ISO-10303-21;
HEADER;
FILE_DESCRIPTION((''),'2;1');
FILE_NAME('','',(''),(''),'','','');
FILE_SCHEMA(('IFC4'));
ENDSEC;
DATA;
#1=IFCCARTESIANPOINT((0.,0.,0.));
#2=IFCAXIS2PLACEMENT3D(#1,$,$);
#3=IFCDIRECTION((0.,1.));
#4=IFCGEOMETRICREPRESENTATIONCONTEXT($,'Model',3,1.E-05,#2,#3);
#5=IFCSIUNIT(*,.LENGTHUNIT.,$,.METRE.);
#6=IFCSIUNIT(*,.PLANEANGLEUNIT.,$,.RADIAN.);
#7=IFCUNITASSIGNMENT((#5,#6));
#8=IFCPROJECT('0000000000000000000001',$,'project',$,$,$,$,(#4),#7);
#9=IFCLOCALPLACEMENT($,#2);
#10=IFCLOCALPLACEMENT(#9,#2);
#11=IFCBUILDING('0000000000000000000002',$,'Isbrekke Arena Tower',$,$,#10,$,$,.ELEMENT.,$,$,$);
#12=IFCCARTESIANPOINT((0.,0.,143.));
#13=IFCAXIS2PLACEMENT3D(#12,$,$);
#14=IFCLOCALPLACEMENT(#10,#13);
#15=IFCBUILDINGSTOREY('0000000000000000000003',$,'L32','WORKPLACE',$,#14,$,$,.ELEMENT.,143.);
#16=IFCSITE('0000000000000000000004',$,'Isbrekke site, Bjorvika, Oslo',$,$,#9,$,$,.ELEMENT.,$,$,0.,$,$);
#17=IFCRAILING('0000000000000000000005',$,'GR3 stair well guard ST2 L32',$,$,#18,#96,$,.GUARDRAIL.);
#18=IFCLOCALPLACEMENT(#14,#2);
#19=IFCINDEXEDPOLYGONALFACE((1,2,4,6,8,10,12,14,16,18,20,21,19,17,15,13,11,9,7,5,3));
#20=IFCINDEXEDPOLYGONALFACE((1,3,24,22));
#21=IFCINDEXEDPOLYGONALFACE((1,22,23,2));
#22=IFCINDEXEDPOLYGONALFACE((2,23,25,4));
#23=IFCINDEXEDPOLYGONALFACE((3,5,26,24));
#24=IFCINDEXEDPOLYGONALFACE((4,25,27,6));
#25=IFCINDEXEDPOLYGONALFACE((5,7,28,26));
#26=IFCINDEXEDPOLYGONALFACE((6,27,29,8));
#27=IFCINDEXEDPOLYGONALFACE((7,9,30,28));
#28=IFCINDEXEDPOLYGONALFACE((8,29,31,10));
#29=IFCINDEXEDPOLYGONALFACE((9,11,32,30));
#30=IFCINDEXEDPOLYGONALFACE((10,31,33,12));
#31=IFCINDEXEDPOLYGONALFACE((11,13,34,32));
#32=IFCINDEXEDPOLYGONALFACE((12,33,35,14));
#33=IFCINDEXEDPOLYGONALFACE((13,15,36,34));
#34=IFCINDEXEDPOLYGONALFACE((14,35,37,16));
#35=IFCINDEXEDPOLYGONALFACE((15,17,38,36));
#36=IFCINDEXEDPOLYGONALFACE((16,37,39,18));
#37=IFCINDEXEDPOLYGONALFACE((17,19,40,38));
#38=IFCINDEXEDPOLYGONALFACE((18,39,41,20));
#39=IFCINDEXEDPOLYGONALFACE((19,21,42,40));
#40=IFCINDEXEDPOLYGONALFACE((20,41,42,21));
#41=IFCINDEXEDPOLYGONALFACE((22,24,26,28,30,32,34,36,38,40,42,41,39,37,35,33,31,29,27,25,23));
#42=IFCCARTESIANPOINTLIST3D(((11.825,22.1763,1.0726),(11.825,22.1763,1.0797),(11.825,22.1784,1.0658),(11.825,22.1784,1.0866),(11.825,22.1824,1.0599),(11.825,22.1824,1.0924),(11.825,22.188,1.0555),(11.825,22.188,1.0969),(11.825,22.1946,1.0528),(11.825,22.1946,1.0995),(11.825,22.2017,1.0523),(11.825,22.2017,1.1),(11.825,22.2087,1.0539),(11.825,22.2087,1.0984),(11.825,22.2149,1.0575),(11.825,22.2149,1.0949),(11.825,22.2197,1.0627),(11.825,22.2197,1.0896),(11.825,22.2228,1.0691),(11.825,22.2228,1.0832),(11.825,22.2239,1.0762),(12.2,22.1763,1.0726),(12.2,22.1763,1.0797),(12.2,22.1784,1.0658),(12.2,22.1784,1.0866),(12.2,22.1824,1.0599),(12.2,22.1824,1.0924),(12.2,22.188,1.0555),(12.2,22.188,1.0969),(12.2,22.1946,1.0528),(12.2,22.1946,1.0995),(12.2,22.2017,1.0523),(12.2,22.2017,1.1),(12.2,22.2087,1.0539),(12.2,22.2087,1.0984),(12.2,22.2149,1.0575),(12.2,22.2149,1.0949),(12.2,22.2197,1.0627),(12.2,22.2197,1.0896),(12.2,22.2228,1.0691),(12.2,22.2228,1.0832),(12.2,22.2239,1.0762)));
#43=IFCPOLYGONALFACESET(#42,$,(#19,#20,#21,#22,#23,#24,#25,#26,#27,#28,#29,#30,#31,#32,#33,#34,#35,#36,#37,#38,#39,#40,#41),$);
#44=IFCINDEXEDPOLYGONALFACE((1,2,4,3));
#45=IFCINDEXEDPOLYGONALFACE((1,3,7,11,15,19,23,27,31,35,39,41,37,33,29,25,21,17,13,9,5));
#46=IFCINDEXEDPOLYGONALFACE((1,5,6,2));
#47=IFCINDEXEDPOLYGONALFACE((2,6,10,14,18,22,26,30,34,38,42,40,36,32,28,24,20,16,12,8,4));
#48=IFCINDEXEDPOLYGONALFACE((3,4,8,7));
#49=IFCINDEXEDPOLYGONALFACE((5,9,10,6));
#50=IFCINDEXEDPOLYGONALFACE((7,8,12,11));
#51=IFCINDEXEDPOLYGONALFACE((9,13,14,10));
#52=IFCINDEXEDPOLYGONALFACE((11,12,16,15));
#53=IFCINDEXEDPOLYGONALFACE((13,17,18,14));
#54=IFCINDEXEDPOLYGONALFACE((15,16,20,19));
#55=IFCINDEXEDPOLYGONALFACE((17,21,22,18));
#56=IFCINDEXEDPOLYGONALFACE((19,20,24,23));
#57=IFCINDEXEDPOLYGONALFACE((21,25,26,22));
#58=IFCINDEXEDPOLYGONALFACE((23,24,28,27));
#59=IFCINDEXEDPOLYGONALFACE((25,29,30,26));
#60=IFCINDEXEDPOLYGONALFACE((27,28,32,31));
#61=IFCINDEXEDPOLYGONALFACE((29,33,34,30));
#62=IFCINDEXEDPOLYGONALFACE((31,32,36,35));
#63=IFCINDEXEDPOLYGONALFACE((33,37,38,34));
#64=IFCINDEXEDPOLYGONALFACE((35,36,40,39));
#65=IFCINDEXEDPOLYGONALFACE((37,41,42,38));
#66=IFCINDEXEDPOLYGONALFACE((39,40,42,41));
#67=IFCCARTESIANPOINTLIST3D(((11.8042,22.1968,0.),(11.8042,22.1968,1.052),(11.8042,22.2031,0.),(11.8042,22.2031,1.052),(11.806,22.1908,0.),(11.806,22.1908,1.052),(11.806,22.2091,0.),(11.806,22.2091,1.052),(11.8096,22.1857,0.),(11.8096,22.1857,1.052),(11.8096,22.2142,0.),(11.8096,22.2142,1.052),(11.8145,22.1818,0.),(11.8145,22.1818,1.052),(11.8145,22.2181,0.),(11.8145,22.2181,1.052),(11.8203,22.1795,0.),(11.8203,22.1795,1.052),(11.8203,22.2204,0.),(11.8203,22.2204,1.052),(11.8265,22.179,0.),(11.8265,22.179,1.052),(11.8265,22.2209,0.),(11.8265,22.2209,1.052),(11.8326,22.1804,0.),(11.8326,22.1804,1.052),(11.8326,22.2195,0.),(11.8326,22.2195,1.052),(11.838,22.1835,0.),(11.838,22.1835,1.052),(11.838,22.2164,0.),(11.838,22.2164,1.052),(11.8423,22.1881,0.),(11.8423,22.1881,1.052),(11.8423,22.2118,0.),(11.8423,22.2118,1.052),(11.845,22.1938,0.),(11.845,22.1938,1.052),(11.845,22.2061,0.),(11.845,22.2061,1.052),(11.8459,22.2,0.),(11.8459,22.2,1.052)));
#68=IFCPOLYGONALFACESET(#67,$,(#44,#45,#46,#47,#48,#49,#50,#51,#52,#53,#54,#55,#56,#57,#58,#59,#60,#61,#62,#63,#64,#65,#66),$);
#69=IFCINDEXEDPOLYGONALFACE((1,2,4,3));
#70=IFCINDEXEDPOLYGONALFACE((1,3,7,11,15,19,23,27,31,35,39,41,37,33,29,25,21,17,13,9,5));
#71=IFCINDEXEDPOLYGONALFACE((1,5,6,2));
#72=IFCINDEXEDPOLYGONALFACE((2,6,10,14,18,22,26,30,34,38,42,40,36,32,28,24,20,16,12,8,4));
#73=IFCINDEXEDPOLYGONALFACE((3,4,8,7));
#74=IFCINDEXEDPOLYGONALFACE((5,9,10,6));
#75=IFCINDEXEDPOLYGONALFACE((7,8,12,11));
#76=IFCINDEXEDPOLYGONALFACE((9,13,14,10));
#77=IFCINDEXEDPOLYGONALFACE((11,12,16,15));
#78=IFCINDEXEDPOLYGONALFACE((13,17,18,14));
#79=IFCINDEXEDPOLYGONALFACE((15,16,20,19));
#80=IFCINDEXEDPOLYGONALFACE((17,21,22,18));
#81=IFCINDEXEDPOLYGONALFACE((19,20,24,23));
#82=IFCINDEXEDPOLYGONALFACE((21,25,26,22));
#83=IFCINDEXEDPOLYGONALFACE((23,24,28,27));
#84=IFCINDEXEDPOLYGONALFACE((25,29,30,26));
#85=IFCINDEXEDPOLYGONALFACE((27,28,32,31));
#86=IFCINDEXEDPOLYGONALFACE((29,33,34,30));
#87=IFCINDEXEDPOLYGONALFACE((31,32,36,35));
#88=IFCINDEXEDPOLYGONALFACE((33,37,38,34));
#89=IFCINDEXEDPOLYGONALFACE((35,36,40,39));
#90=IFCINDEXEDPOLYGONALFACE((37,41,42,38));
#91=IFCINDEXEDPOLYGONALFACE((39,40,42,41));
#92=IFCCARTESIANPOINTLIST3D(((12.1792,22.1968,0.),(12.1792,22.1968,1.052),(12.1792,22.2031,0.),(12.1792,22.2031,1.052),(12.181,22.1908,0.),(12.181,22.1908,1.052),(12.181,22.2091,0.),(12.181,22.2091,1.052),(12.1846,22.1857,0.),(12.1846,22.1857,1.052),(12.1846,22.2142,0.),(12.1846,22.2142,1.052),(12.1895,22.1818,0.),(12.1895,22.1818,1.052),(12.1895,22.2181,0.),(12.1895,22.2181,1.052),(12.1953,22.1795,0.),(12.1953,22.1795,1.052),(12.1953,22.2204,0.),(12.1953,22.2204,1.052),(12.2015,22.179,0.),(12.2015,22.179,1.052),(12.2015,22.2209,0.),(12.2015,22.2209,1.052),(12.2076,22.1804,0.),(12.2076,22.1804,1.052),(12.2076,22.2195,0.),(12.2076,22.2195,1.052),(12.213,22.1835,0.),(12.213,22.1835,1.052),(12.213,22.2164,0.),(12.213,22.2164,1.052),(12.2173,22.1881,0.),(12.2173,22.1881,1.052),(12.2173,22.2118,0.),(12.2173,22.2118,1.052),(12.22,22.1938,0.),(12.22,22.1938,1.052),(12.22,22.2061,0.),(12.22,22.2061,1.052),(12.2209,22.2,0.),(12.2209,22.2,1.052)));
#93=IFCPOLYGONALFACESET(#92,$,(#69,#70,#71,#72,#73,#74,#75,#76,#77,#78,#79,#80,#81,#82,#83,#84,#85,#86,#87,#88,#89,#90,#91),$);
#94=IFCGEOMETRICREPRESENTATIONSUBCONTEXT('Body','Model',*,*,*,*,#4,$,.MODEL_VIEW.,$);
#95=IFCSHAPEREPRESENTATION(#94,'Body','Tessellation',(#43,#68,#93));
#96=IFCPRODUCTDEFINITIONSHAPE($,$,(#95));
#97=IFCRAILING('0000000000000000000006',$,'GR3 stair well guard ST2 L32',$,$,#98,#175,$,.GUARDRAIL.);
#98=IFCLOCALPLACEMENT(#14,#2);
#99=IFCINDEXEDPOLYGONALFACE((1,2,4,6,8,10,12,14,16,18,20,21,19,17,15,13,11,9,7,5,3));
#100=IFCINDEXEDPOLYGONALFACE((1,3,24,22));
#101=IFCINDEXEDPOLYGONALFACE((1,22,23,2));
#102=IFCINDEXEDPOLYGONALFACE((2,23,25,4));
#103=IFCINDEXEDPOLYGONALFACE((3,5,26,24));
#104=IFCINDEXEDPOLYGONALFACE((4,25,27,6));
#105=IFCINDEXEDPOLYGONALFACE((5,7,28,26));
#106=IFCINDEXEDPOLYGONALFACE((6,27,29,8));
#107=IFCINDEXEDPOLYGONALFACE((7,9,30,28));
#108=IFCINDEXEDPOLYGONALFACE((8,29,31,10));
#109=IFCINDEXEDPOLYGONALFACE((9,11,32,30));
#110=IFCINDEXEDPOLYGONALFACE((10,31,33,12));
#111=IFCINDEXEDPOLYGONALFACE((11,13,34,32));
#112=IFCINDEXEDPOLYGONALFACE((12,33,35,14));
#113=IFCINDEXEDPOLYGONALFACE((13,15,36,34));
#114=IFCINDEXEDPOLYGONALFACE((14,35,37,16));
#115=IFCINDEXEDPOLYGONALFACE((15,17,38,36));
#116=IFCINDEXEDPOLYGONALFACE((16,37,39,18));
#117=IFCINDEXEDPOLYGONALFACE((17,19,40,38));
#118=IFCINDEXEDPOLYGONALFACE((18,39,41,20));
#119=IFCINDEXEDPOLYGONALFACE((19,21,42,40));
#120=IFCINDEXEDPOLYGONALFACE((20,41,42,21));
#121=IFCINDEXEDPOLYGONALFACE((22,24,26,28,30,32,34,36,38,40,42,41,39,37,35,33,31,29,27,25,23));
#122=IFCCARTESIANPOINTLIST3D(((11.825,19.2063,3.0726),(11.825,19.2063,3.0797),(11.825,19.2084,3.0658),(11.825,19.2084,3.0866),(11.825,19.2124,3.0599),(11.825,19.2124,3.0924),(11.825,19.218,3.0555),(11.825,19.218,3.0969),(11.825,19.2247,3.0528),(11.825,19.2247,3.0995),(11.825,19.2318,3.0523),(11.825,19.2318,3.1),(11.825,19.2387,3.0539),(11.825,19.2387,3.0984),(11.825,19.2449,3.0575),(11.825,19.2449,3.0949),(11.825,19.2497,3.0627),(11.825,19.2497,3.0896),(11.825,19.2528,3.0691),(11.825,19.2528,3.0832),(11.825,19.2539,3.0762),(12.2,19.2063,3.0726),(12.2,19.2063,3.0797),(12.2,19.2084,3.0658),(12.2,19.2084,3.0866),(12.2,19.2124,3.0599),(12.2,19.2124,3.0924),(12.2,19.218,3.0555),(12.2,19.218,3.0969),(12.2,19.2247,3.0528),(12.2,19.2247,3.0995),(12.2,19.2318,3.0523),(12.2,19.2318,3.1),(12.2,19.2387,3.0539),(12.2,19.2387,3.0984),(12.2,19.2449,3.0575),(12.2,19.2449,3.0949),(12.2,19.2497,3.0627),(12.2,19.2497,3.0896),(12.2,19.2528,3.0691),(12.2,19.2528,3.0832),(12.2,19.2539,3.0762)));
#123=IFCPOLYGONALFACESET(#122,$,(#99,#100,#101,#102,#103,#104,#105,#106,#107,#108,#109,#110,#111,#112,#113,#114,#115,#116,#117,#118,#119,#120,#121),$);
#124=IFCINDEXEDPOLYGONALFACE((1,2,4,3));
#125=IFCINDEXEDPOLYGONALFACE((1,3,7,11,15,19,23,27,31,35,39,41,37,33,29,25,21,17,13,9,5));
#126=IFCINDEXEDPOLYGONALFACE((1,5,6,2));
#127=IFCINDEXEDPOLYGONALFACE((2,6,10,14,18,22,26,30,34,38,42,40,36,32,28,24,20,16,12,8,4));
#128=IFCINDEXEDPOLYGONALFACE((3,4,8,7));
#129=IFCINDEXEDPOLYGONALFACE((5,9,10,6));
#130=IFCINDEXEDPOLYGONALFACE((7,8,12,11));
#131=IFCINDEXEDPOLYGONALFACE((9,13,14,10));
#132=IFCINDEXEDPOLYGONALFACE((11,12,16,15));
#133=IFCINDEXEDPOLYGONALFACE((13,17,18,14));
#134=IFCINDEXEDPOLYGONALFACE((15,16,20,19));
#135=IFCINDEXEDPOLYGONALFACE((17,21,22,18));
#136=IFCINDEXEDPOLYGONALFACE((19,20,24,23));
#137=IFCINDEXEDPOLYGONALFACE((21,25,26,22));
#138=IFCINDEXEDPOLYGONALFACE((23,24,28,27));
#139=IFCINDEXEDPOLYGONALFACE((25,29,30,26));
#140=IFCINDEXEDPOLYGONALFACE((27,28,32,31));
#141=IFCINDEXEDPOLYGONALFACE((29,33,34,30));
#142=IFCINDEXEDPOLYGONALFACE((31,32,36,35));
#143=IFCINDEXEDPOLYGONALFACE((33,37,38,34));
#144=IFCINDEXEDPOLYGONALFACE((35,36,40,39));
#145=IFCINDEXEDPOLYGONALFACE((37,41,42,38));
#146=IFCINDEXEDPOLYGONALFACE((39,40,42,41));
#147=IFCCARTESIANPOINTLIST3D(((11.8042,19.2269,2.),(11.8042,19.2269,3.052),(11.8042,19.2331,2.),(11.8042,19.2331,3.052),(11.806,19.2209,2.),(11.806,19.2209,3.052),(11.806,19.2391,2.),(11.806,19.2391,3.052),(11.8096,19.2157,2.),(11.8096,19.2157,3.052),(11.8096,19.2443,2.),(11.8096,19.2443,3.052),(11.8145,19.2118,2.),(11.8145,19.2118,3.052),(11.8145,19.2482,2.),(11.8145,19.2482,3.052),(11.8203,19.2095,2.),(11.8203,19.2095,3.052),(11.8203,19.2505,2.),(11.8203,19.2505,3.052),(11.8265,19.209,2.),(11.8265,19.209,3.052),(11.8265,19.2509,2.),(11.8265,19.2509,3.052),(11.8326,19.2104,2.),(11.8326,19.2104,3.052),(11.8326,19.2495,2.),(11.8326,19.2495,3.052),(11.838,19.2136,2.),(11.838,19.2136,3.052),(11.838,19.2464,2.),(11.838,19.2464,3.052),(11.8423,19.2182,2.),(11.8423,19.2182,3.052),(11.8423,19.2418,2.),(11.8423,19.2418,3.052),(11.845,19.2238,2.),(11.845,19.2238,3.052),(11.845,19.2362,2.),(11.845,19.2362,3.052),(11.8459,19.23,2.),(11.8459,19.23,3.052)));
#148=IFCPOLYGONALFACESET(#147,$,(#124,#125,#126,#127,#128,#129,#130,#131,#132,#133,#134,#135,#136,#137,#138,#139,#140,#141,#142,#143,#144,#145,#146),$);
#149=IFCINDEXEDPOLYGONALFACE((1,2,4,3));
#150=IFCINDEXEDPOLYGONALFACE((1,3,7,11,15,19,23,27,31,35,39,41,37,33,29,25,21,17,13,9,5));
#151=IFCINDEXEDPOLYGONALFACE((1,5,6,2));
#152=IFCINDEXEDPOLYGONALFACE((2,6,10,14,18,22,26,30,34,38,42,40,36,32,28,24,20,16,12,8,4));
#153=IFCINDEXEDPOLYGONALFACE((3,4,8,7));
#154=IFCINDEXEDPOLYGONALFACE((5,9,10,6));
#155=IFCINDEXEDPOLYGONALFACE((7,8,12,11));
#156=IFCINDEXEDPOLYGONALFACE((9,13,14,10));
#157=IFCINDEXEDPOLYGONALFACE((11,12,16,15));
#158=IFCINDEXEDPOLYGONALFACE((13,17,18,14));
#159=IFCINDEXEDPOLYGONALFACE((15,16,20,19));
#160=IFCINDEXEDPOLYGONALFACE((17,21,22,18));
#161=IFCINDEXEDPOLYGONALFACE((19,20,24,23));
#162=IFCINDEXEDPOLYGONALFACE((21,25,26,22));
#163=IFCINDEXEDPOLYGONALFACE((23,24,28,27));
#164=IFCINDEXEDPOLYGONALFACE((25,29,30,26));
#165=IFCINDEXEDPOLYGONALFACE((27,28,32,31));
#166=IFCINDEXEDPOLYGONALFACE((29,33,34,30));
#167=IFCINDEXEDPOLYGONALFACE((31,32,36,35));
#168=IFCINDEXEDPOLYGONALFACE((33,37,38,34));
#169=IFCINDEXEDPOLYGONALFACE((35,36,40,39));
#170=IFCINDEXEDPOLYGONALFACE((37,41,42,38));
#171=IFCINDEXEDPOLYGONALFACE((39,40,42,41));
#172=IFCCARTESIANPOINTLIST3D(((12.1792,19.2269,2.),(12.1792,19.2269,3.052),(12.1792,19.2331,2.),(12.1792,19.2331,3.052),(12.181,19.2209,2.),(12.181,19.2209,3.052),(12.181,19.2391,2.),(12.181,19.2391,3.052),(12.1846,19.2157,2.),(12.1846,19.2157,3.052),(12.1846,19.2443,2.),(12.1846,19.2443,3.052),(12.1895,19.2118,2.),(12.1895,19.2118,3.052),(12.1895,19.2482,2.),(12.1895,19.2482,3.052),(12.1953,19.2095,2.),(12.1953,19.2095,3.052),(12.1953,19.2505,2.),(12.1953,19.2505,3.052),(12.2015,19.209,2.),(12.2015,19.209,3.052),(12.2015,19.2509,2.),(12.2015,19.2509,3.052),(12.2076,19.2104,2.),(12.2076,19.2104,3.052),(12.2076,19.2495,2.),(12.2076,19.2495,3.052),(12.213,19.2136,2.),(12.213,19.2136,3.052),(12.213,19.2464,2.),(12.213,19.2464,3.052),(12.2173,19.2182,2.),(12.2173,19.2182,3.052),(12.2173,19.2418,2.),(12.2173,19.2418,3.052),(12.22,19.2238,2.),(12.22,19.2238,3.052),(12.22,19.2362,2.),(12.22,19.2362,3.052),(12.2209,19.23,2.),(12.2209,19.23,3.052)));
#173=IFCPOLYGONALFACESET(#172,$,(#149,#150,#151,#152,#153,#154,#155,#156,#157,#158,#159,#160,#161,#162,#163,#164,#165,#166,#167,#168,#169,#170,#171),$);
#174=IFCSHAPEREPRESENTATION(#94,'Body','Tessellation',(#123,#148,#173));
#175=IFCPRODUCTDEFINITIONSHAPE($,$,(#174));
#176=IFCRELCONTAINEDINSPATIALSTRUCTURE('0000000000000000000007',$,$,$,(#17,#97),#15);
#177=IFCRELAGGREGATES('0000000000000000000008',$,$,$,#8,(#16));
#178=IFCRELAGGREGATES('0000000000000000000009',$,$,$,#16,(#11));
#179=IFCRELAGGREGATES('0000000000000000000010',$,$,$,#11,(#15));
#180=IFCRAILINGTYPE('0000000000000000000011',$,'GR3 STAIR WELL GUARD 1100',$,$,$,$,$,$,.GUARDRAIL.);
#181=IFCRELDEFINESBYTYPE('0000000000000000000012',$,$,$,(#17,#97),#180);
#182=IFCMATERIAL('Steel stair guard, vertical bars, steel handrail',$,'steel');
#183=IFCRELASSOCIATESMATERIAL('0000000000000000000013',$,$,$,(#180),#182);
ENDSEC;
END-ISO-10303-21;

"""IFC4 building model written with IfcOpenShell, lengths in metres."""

from ifc_helpers import new_model, si_unit, direction, frame, origin, origin_2d, place, context, subcontext, project, spatial, circle, extrude, material, type_object, element, save


model = new_model("IFC4")

# Units and contexts
model_context = context("Model", 3, precision=1e-05, world=origin(), true_north=direction((0.0, 1.0)))
body_context = subcontext(model_context, "Body", "Model", "MODEL_VIEW")
ifc_project = project(units=[si_unit("LENGTHUNIT", "METRE"), si_unit("PLANEANGLEUNIT", "RADIAN")], contexts=[model_context])

# Site, building, storey
site_placement = place(None, origin())
site = spatial("IfcSite", under=ifc_project, at=site_placement, Name="Isbrekke site, Bjorvika, Oslo", CompositionType="ELEMENT", RefElevation=0.0)
building_placement = place(site_placement, origin())
building = spatial("IfcBuilding", under=site, at=building_placement, Name="Isbrekke Arena Tower", CompositionType="ELEMENT")
storey_placement = place(building_placement, frame((0.0, 0.0, 143.0)))
storey = spatial("IfcBuildingStorey", under=building, at=storey_placement, Name="L32", Description="WORKPLACE", CompositionType="ELEMENT", Elevation=143.0)

# Railings
ifc_material_1 = material(Name="Steel stair guard, vertical bars, steel handrail", Category="steel")
railing_type = type_object("IfcRailingType", Name="GR3 STAIR WELL GUARD 1100", PredefinedType="GUARDRAIL", material=ifc_material_1)
for number, where, name in (
    (1, (11.825, 22.2, 0.0), "GR3 stair well guard ST2 L32"),
    (2, (11.825, 19.23, 2.0), "GR3 stair well guard ST2 L32"),
):
    element("IfcRailing", number, at=place(storey_placement, frame(where)), inside=storey, type_object=railing_type, Name=name, PredefinedType="GUARDRAIL", context=body_context, shape_type="SweptSolid", body=[
        extrude(circle(Radius=0.0239, at=origin_2d()), frame((0.0, 0.0, 1.0762), z_axis=(1.0, 0.0, 0.0), x_axis=(0.0, 1.0, 0.0)), (0.0, 0.0, 1.0), 0.375),
        extrude(circle(Radius=0.021, at=origin_2d()), origin(), (0.0, 0.0, 1.0), 1.052),
        extrude(circle(Radius=0.021, at=origin_2d()), frame((0.375, 0.0, 0.0)), (0.0, 0.0, 1.0), 1.052),
    ])

save(model, "model.ifc")
